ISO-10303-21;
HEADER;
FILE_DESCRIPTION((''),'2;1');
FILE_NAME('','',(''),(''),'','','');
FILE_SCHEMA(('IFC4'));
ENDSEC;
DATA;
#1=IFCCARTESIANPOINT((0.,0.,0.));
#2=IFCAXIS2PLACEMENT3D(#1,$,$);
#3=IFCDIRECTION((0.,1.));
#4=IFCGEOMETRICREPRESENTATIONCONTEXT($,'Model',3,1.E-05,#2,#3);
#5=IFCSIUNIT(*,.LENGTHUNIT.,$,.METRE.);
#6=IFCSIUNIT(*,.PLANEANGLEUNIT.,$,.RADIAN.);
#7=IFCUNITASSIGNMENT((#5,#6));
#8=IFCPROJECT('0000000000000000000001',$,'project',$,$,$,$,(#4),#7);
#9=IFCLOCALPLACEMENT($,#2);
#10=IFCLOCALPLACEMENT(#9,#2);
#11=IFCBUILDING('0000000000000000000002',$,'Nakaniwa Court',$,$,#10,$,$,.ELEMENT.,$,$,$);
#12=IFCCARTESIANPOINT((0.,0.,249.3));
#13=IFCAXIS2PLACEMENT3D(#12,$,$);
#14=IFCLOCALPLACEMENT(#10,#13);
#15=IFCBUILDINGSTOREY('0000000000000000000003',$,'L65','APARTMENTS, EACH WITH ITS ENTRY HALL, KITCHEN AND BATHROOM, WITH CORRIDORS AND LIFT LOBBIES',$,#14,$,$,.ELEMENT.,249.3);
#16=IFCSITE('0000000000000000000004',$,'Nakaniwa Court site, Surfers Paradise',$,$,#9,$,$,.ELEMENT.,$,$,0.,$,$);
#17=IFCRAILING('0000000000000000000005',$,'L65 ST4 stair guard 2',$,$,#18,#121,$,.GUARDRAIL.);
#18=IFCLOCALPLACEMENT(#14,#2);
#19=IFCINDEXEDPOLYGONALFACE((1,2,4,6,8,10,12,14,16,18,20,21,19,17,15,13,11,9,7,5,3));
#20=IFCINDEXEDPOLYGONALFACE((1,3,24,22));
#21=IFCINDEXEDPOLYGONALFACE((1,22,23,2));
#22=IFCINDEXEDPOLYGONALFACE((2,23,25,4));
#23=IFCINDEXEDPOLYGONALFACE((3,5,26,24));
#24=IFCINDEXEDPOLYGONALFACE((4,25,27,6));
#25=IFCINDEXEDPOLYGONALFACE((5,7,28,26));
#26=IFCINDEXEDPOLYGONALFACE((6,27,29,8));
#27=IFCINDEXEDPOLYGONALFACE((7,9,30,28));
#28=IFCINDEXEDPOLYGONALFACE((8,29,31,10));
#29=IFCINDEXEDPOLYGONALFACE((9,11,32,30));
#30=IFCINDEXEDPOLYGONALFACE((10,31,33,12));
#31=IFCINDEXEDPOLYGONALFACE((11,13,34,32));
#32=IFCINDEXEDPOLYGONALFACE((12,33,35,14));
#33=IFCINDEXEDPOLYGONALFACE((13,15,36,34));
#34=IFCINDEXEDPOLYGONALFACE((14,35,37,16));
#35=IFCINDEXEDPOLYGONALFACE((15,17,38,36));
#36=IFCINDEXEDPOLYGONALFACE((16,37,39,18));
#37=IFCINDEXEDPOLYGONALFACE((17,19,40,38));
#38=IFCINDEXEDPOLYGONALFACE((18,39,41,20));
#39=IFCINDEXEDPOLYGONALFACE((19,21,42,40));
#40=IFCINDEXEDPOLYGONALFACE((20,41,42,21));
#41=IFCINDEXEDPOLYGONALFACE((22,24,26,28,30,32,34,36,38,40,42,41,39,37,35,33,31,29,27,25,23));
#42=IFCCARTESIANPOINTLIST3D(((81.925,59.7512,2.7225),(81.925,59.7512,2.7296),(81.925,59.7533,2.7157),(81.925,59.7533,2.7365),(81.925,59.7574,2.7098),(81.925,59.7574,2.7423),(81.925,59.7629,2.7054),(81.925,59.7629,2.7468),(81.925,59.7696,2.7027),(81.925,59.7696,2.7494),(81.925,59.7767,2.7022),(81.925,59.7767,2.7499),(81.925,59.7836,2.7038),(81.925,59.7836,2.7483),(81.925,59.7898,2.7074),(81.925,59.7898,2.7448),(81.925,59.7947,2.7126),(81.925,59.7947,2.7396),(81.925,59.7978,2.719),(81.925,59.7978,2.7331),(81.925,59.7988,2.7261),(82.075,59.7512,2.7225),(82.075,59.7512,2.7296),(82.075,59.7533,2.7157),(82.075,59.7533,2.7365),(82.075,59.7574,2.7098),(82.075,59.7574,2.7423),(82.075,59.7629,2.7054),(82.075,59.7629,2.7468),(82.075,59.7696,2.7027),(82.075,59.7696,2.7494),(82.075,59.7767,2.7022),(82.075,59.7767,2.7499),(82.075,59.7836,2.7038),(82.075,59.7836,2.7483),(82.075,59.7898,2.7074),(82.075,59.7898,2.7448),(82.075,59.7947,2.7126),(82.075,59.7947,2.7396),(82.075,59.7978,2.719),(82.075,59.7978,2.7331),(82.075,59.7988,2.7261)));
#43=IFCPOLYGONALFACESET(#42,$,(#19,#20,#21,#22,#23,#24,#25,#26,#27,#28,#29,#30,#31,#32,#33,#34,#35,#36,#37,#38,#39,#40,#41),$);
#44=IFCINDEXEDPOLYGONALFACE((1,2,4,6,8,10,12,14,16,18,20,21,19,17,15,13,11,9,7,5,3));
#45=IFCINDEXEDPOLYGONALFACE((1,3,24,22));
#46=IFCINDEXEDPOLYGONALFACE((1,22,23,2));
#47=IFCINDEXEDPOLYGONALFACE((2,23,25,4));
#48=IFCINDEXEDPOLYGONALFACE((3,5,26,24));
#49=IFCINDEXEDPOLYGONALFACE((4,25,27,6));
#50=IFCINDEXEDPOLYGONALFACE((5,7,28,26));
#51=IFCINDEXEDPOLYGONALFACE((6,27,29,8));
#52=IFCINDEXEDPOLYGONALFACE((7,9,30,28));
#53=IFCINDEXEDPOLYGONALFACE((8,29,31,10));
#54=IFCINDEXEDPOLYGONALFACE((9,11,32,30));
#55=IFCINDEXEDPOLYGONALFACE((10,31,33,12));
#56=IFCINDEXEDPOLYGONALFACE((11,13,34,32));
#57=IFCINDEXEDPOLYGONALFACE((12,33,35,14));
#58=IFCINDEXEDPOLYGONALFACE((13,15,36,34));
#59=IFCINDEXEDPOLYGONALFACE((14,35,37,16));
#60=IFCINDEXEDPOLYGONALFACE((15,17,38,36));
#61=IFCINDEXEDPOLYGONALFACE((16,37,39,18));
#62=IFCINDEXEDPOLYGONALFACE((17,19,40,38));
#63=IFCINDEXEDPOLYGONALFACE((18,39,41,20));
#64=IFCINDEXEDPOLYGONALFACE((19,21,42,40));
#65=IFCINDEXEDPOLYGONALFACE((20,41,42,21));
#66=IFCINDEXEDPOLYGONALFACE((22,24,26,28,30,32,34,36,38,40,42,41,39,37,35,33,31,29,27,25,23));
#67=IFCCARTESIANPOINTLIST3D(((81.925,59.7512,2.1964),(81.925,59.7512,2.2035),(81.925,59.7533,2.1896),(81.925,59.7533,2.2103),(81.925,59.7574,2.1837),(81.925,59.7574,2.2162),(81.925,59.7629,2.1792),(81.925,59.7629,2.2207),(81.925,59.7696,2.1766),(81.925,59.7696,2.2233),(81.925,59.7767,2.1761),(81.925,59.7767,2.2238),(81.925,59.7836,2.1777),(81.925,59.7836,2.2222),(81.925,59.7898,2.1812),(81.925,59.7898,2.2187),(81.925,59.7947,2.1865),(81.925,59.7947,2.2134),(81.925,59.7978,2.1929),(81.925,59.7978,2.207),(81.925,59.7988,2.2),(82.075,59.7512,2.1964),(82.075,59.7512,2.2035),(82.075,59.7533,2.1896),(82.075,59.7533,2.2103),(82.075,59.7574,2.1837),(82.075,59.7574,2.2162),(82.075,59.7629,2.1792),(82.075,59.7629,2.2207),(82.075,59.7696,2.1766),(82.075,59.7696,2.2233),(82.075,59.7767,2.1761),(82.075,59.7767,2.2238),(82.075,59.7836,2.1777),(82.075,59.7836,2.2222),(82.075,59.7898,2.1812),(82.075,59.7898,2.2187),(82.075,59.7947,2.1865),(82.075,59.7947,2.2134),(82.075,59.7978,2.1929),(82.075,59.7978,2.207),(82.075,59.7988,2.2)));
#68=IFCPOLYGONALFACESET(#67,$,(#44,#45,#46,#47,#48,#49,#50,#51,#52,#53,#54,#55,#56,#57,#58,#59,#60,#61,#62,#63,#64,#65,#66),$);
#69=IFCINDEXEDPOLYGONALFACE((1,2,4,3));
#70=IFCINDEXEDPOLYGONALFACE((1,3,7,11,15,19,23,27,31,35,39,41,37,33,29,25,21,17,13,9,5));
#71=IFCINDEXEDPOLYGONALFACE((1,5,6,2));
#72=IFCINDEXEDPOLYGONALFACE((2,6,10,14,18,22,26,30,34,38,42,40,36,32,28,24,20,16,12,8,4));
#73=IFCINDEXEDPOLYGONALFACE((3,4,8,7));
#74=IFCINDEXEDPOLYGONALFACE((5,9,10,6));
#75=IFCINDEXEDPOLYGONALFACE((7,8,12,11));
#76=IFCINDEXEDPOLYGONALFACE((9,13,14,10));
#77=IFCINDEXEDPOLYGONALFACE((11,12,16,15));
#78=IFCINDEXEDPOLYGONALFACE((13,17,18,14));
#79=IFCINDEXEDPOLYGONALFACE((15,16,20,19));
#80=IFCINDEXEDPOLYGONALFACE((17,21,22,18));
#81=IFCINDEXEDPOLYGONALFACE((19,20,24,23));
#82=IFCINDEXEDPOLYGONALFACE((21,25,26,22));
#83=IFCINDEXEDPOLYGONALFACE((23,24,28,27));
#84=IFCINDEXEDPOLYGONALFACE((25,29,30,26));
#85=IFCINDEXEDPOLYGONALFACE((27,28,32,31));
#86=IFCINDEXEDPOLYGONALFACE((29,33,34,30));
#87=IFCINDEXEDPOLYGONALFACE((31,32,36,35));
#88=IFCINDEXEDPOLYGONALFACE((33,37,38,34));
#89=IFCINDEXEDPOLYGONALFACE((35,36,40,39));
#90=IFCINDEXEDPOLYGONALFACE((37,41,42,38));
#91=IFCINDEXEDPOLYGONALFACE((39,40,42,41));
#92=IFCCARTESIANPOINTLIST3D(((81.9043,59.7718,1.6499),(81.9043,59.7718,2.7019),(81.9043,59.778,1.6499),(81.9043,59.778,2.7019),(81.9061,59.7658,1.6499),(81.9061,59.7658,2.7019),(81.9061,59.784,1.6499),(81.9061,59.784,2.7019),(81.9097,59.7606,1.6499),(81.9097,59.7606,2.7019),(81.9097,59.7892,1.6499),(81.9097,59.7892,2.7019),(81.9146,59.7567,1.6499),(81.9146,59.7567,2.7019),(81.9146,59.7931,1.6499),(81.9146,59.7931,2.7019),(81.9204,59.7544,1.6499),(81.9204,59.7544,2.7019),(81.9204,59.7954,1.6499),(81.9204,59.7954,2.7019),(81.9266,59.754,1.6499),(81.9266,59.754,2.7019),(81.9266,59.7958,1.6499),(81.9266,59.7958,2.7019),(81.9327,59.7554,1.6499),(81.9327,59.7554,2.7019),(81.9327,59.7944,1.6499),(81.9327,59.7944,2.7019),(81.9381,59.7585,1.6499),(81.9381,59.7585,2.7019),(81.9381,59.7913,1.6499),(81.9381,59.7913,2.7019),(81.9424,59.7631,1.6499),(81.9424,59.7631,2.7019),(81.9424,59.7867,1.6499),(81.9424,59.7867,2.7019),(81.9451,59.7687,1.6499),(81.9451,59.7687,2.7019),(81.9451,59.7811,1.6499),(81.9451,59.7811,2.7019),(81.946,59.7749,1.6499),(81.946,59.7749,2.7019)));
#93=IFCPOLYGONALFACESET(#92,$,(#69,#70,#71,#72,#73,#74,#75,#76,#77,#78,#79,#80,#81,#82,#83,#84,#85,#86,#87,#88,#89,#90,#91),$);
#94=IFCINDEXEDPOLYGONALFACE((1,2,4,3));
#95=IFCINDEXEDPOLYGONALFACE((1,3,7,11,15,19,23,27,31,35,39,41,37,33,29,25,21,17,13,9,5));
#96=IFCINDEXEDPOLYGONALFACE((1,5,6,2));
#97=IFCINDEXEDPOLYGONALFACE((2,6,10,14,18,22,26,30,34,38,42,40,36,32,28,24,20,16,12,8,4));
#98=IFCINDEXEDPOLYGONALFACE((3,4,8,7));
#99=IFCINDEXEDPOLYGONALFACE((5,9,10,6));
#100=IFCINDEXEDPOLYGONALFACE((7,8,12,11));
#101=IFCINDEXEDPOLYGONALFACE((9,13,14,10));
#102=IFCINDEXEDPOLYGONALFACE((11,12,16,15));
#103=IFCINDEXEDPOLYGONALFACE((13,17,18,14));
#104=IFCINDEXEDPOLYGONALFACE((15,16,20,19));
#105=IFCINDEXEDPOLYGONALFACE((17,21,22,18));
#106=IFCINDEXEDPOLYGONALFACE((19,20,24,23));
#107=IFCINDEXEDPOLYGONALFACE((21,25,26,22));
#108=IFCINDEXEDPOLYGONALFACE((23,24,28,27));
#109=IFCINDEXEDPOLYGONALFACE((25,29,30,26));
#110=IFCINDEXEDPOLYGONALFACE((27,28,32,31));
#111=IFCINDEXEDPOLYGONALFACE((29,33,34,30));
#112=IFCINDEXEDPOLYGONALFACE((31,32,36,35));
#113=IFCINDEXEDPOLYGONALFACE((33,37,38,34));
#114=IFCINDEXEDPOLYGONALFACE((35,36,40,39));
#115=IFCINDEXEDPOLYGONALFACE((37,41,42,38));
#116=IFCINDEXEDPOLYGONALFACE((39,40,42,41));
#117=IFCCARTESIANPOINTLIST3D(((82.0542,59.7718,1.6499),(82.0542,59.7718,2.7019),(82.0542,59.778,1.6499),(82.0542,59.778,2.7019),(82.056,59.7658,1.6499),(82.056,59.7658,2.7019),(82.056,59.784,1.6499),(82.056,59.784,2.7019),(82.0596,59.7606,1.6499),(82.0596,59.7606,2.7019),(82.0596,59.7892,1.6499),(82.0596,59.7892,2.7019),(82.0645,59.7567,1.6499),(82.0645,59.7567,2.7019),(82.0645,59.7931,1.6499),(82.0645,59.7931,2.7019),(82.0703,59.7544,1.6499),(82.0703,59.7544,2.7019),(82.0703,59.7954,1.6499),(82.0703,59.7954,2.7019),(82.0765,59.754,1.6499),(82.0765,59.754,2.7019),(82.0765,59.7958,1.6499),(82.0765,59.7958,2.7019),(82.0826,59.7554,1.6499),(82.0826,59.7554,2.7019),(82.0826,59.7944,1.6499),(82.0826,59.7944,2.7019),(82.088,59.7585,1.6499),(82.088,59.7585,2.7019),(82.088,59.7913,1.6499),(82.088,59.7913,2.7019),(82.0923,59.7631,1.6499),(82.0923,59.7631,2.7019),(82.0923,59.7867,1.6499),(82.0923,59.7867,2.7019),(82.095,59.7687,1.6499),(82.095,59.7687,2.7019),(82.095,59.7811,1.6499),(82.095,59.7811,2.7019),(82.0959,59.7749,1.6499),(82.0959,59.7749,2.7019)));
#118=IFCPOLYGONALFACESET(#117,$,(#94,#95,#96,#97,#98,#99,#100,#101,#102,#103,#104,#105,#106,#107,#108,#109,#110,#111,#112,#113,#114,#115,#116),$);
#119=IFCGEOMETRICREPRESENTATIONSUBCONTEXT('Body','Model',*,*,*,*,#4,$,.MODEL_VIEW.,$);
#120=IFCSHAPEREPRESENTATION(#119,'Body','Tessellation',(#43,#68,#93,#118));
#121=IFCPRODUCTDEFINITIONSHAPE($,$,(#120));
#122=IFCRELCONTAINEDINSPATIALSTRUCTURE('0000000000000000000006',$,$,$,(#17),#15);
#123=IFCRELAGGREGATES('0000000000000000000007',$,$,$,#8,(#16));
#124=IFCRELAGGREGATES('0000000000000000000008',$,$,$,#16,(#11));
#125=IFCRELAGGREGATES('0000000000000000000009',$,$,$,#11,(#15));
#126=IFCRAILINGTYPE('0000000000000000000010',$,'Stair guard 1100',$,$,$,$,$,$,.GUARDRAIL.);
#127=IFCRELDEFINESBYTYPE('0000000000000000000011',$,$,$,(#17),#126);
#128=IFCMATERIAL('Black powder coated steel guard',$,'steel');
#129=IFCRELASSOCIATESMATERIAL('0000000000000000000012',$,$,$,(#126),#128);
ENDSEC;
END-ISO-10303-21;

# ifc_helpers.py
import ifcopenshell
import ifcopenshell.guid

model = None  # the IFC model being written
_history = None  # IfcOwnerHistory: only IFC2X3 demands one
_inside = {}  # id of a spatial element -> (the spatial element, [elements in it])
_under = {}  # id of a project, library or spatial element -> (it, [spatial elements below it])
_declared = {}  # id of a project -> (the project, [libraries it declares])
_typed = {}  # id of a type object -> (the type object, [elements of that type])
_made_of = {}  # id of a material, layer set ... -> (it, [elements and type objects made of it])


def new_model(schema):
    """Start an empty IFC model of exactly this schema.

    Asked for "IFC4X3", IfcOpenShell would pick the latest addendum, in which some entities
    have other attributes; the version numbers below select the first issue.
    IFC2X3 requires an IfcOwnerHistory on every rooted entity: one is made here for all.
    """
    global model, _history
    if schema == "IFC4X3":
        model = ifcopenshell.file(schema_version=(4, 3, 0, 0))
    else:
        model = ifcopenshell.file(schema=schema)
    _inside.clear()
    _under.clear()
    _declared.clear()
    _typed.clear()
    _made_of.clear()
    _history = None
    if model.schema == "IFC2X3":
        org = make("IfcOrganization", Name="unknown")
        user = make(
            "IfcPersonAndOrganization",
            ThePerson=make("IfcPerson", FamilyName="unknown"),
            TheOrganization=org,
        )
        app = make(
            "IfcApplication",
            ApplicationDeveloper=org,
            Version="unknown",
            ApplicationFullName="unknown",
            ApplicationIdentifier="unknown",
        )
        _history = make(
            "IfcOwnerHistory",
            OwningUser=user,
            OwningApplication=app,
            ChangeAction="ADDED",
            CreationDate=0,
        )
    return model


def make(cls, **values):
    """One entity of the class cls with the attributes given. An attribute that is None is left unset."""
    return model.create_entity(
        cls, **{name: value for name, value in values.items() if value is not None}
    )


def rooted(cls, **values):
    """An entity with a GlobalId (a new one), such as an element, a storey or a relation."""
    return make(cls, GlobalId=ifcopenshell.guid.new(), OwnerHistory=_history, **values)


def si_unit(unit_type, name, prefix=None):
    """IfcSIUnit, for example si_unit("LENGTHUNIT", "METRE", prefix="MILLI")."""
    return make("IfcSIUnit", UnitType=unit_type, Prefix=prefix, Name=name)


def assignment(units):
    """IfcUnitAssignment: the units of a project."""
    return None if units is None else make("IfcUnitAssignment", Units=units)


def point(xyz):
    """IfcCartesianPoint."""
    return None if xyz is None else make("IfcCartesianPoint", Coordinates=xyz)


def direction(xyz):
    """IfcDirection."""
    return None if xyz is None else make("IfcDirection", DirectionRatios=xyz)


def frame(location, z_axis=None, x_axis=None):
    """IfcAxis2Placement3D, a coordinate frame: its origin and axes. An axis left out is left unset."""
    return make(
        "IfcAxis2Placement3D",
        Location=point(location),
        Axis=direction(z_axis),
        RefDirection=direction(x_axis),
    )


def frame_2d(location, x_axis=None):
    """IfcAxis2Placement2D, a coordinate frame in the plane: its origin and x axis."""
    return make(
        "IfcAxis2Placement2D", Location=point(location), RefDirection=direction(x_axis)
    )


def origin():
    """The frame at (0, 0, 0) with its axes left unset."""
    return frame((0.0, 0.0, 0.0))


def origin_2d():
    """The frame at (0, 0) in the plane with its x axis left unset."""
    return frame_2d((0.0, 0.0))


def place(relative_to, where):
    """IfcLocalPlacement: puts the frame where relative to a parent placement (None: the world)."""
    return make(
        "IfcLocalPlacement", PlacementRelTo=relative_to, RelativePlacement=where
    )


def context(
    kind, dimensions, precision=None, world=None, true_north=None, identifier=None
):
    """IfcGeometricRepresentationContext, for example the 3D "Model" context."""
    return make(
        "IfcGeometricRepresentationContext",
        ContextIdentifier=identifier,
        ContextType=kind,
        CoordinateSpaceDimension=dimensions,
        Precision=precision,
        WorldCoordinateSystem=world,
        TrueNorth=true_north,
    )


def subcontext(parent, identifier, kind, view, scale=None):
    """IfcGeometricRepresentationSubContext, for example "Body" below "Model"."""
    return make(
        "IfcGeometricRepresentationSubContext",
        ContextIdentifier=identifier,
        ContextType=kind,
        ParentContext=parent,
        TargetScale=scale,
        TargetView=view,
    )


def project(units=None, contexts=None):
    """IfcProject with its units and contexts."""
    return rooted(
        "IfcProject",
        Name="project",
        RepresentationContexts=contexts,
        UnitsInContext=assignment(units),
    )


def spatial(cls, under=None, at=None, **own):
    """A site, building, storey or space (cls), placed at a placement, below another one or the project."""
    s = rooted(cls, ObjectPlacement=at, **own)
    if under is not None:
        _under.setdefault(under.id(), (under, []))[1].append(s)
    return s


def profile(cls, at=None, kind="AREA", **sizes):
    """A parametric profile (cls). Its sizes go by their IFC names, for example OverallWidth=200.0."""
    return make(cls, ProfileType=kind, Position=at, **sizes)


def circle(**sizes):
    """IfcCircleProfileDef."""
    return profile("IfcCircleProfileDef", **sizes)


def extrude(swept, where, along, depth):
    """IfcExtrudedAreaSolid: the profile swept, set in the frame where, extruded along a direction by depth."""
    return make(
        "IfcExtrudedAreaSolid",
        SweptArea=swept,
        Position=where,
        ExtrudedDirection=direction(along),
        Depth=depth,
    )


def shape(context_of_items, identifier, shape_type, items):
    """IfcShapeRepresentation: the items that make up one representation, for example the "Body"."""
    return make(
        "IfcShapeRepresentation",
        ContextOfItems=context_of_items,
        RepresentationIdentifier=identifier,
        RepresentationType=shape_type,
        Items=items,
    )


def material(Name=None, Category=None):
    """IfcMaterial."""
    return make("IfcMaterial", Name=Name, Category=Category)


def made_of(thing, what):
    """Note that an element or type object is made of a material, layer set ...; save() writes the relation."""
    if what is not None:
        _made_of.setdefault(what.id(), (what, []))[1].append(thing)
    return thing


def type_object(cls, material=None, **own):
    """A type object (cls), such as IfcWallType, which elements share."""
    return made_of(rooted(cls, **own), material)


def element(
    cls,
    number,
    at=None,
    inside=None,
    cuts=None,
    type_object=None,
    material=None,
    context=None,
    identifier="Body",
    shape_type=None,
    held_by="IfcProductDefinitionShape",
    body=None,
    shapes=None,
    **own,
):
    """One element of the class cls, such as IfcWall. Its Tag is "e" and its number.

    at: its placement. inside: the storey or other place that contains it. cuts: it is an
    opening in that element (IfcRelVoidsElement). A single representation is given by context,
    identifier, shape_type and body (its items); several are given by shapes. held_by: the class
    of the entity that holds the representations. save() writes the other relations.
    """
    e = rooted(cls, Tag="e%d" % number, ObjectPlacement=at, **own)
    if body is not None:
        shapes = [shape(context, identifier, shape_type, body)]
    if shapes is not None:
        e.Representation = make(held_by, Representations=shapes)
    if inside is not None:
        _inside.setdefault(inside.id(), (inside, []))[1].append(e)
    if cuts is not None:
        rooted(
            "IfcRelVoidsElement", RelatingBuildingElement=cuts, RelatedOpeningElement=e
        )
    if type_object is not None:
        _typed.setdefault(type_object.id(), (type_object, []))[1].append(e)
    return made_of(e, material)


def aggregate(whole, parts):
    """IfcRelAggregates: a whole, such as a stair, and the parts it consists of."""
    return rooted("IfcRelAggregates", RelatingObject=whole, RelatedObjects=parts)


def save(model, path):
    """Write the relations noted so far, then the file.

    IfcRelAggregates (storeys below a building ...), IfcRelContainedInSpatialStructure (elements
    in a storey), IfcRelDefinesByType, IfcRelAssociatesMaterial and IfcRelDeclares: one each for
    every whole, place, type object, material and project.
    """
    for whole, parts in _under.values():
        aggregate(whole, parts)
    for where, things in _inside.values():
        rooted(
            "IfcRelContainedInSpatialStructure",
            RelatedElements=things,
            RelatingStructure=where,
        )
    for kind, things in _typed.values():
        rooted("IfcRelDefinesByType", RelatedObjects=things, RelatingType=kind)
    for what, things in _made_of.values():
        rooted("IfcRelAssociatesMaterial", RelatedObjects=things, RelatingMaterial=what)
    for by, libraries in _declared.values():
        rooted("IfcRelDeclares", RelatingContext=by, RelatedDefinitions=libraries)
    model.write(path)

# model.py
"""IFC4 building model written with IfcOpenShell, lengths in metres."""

from ifc_helpers import new_model, si_unit, direction, frame, origin, origin_2d, place, context, subcontext, project, spatial, circle, extrude, material, type_object, element, save


model = new_model("IFC4")

# Units and contexts
model_context = context("Model", 3, precision=1e-05, world=origin(), true_north=direction((0.0, 1.0)))
body_context = subcontext(model_context, "Body", "Model", "MODEL_VIEW")
ifc_project = project(units=[si_unit("LENGTHUNIT", "METRE"), si_unit("PLANEANGLEUNIT", "RADIAN")], contexts=[model_context])

# Site, building, storey
site_placement = place(None, origin())
site = spatial("IfcSite", under=ifc_project, at=site_placement, Name="Nakaniwa Court site, Surfers Paradise", CompositionType="ELEMENT", RefElevation=0.0)
building_placement = place(site_placement, origin())
building = spatial("IfcBuilding", under=site, at=building_placement, Name="Nakaniwa Court", CompositionType="ELEMENT")
storey_placement = place(building_placement, frame((0.0, 0.0, 249.3)))
storey = spatial("IfcBuildingStorey", under=building, at=storey_placement, Name="L65", Description="APARTMENTS, EACH WITH ITS ENTRY HALL, KITCHEN AND BATHROOM, WITH CORRIDORS AND LIFT LOBBIES", CompositionType="ELEMENT", Elevation=249.3)

# Railing
ifc_material_1 = material(Name="Black powder coated steel guard", Category="steel")
railing_type_1 = type_object("IfcRailingType", Name="Stair guard 1100", PredefinedType="GUARDRAIL", material=ifc_material_1)
railing_1_placement = place(storey_placement, frame((81.925, 59.7749, 1.6499)))
element("IfcRailing", 1, at=railing_1_placement, inside=storey, type_object=railing_type_1, Name="L65 ST4 stair guard 2", PredefinedType="GUARDRAIL", context=body_context, shape_type="SweptSolid", body=[
    extrude(circle(Radius=0.0239, at=origin_2d()), frame((0.0, 0.0, 1.0762), z_axis=(1.0, 0.0, 0.0), x_axis=(0.0, 1.0, 0.0)), (0.0, 0.0, 1.0), 0.1499),
    extrude(circle(Radius=0.0239, at=origin_2d()), frame((0.0, 0.0, 0.55), z_axis=(1.0, 0.0, 0.0), x_axis=(0.0, 1.0, 0.0)), (0.0, 0.0, 1.0), 0.1499),
    extrude(circle(Radius=0.021, at=origin_2d()), origin(), (0.0, 0.0, 1.0), 1.052),
    extrude(circle(Radius=0.021, at=origin_2d()), frame((0.1499, 0.0, 0.0)), (0.0, 0.0, 1.0), 1.052),
])

save(model, "model.ifc")
